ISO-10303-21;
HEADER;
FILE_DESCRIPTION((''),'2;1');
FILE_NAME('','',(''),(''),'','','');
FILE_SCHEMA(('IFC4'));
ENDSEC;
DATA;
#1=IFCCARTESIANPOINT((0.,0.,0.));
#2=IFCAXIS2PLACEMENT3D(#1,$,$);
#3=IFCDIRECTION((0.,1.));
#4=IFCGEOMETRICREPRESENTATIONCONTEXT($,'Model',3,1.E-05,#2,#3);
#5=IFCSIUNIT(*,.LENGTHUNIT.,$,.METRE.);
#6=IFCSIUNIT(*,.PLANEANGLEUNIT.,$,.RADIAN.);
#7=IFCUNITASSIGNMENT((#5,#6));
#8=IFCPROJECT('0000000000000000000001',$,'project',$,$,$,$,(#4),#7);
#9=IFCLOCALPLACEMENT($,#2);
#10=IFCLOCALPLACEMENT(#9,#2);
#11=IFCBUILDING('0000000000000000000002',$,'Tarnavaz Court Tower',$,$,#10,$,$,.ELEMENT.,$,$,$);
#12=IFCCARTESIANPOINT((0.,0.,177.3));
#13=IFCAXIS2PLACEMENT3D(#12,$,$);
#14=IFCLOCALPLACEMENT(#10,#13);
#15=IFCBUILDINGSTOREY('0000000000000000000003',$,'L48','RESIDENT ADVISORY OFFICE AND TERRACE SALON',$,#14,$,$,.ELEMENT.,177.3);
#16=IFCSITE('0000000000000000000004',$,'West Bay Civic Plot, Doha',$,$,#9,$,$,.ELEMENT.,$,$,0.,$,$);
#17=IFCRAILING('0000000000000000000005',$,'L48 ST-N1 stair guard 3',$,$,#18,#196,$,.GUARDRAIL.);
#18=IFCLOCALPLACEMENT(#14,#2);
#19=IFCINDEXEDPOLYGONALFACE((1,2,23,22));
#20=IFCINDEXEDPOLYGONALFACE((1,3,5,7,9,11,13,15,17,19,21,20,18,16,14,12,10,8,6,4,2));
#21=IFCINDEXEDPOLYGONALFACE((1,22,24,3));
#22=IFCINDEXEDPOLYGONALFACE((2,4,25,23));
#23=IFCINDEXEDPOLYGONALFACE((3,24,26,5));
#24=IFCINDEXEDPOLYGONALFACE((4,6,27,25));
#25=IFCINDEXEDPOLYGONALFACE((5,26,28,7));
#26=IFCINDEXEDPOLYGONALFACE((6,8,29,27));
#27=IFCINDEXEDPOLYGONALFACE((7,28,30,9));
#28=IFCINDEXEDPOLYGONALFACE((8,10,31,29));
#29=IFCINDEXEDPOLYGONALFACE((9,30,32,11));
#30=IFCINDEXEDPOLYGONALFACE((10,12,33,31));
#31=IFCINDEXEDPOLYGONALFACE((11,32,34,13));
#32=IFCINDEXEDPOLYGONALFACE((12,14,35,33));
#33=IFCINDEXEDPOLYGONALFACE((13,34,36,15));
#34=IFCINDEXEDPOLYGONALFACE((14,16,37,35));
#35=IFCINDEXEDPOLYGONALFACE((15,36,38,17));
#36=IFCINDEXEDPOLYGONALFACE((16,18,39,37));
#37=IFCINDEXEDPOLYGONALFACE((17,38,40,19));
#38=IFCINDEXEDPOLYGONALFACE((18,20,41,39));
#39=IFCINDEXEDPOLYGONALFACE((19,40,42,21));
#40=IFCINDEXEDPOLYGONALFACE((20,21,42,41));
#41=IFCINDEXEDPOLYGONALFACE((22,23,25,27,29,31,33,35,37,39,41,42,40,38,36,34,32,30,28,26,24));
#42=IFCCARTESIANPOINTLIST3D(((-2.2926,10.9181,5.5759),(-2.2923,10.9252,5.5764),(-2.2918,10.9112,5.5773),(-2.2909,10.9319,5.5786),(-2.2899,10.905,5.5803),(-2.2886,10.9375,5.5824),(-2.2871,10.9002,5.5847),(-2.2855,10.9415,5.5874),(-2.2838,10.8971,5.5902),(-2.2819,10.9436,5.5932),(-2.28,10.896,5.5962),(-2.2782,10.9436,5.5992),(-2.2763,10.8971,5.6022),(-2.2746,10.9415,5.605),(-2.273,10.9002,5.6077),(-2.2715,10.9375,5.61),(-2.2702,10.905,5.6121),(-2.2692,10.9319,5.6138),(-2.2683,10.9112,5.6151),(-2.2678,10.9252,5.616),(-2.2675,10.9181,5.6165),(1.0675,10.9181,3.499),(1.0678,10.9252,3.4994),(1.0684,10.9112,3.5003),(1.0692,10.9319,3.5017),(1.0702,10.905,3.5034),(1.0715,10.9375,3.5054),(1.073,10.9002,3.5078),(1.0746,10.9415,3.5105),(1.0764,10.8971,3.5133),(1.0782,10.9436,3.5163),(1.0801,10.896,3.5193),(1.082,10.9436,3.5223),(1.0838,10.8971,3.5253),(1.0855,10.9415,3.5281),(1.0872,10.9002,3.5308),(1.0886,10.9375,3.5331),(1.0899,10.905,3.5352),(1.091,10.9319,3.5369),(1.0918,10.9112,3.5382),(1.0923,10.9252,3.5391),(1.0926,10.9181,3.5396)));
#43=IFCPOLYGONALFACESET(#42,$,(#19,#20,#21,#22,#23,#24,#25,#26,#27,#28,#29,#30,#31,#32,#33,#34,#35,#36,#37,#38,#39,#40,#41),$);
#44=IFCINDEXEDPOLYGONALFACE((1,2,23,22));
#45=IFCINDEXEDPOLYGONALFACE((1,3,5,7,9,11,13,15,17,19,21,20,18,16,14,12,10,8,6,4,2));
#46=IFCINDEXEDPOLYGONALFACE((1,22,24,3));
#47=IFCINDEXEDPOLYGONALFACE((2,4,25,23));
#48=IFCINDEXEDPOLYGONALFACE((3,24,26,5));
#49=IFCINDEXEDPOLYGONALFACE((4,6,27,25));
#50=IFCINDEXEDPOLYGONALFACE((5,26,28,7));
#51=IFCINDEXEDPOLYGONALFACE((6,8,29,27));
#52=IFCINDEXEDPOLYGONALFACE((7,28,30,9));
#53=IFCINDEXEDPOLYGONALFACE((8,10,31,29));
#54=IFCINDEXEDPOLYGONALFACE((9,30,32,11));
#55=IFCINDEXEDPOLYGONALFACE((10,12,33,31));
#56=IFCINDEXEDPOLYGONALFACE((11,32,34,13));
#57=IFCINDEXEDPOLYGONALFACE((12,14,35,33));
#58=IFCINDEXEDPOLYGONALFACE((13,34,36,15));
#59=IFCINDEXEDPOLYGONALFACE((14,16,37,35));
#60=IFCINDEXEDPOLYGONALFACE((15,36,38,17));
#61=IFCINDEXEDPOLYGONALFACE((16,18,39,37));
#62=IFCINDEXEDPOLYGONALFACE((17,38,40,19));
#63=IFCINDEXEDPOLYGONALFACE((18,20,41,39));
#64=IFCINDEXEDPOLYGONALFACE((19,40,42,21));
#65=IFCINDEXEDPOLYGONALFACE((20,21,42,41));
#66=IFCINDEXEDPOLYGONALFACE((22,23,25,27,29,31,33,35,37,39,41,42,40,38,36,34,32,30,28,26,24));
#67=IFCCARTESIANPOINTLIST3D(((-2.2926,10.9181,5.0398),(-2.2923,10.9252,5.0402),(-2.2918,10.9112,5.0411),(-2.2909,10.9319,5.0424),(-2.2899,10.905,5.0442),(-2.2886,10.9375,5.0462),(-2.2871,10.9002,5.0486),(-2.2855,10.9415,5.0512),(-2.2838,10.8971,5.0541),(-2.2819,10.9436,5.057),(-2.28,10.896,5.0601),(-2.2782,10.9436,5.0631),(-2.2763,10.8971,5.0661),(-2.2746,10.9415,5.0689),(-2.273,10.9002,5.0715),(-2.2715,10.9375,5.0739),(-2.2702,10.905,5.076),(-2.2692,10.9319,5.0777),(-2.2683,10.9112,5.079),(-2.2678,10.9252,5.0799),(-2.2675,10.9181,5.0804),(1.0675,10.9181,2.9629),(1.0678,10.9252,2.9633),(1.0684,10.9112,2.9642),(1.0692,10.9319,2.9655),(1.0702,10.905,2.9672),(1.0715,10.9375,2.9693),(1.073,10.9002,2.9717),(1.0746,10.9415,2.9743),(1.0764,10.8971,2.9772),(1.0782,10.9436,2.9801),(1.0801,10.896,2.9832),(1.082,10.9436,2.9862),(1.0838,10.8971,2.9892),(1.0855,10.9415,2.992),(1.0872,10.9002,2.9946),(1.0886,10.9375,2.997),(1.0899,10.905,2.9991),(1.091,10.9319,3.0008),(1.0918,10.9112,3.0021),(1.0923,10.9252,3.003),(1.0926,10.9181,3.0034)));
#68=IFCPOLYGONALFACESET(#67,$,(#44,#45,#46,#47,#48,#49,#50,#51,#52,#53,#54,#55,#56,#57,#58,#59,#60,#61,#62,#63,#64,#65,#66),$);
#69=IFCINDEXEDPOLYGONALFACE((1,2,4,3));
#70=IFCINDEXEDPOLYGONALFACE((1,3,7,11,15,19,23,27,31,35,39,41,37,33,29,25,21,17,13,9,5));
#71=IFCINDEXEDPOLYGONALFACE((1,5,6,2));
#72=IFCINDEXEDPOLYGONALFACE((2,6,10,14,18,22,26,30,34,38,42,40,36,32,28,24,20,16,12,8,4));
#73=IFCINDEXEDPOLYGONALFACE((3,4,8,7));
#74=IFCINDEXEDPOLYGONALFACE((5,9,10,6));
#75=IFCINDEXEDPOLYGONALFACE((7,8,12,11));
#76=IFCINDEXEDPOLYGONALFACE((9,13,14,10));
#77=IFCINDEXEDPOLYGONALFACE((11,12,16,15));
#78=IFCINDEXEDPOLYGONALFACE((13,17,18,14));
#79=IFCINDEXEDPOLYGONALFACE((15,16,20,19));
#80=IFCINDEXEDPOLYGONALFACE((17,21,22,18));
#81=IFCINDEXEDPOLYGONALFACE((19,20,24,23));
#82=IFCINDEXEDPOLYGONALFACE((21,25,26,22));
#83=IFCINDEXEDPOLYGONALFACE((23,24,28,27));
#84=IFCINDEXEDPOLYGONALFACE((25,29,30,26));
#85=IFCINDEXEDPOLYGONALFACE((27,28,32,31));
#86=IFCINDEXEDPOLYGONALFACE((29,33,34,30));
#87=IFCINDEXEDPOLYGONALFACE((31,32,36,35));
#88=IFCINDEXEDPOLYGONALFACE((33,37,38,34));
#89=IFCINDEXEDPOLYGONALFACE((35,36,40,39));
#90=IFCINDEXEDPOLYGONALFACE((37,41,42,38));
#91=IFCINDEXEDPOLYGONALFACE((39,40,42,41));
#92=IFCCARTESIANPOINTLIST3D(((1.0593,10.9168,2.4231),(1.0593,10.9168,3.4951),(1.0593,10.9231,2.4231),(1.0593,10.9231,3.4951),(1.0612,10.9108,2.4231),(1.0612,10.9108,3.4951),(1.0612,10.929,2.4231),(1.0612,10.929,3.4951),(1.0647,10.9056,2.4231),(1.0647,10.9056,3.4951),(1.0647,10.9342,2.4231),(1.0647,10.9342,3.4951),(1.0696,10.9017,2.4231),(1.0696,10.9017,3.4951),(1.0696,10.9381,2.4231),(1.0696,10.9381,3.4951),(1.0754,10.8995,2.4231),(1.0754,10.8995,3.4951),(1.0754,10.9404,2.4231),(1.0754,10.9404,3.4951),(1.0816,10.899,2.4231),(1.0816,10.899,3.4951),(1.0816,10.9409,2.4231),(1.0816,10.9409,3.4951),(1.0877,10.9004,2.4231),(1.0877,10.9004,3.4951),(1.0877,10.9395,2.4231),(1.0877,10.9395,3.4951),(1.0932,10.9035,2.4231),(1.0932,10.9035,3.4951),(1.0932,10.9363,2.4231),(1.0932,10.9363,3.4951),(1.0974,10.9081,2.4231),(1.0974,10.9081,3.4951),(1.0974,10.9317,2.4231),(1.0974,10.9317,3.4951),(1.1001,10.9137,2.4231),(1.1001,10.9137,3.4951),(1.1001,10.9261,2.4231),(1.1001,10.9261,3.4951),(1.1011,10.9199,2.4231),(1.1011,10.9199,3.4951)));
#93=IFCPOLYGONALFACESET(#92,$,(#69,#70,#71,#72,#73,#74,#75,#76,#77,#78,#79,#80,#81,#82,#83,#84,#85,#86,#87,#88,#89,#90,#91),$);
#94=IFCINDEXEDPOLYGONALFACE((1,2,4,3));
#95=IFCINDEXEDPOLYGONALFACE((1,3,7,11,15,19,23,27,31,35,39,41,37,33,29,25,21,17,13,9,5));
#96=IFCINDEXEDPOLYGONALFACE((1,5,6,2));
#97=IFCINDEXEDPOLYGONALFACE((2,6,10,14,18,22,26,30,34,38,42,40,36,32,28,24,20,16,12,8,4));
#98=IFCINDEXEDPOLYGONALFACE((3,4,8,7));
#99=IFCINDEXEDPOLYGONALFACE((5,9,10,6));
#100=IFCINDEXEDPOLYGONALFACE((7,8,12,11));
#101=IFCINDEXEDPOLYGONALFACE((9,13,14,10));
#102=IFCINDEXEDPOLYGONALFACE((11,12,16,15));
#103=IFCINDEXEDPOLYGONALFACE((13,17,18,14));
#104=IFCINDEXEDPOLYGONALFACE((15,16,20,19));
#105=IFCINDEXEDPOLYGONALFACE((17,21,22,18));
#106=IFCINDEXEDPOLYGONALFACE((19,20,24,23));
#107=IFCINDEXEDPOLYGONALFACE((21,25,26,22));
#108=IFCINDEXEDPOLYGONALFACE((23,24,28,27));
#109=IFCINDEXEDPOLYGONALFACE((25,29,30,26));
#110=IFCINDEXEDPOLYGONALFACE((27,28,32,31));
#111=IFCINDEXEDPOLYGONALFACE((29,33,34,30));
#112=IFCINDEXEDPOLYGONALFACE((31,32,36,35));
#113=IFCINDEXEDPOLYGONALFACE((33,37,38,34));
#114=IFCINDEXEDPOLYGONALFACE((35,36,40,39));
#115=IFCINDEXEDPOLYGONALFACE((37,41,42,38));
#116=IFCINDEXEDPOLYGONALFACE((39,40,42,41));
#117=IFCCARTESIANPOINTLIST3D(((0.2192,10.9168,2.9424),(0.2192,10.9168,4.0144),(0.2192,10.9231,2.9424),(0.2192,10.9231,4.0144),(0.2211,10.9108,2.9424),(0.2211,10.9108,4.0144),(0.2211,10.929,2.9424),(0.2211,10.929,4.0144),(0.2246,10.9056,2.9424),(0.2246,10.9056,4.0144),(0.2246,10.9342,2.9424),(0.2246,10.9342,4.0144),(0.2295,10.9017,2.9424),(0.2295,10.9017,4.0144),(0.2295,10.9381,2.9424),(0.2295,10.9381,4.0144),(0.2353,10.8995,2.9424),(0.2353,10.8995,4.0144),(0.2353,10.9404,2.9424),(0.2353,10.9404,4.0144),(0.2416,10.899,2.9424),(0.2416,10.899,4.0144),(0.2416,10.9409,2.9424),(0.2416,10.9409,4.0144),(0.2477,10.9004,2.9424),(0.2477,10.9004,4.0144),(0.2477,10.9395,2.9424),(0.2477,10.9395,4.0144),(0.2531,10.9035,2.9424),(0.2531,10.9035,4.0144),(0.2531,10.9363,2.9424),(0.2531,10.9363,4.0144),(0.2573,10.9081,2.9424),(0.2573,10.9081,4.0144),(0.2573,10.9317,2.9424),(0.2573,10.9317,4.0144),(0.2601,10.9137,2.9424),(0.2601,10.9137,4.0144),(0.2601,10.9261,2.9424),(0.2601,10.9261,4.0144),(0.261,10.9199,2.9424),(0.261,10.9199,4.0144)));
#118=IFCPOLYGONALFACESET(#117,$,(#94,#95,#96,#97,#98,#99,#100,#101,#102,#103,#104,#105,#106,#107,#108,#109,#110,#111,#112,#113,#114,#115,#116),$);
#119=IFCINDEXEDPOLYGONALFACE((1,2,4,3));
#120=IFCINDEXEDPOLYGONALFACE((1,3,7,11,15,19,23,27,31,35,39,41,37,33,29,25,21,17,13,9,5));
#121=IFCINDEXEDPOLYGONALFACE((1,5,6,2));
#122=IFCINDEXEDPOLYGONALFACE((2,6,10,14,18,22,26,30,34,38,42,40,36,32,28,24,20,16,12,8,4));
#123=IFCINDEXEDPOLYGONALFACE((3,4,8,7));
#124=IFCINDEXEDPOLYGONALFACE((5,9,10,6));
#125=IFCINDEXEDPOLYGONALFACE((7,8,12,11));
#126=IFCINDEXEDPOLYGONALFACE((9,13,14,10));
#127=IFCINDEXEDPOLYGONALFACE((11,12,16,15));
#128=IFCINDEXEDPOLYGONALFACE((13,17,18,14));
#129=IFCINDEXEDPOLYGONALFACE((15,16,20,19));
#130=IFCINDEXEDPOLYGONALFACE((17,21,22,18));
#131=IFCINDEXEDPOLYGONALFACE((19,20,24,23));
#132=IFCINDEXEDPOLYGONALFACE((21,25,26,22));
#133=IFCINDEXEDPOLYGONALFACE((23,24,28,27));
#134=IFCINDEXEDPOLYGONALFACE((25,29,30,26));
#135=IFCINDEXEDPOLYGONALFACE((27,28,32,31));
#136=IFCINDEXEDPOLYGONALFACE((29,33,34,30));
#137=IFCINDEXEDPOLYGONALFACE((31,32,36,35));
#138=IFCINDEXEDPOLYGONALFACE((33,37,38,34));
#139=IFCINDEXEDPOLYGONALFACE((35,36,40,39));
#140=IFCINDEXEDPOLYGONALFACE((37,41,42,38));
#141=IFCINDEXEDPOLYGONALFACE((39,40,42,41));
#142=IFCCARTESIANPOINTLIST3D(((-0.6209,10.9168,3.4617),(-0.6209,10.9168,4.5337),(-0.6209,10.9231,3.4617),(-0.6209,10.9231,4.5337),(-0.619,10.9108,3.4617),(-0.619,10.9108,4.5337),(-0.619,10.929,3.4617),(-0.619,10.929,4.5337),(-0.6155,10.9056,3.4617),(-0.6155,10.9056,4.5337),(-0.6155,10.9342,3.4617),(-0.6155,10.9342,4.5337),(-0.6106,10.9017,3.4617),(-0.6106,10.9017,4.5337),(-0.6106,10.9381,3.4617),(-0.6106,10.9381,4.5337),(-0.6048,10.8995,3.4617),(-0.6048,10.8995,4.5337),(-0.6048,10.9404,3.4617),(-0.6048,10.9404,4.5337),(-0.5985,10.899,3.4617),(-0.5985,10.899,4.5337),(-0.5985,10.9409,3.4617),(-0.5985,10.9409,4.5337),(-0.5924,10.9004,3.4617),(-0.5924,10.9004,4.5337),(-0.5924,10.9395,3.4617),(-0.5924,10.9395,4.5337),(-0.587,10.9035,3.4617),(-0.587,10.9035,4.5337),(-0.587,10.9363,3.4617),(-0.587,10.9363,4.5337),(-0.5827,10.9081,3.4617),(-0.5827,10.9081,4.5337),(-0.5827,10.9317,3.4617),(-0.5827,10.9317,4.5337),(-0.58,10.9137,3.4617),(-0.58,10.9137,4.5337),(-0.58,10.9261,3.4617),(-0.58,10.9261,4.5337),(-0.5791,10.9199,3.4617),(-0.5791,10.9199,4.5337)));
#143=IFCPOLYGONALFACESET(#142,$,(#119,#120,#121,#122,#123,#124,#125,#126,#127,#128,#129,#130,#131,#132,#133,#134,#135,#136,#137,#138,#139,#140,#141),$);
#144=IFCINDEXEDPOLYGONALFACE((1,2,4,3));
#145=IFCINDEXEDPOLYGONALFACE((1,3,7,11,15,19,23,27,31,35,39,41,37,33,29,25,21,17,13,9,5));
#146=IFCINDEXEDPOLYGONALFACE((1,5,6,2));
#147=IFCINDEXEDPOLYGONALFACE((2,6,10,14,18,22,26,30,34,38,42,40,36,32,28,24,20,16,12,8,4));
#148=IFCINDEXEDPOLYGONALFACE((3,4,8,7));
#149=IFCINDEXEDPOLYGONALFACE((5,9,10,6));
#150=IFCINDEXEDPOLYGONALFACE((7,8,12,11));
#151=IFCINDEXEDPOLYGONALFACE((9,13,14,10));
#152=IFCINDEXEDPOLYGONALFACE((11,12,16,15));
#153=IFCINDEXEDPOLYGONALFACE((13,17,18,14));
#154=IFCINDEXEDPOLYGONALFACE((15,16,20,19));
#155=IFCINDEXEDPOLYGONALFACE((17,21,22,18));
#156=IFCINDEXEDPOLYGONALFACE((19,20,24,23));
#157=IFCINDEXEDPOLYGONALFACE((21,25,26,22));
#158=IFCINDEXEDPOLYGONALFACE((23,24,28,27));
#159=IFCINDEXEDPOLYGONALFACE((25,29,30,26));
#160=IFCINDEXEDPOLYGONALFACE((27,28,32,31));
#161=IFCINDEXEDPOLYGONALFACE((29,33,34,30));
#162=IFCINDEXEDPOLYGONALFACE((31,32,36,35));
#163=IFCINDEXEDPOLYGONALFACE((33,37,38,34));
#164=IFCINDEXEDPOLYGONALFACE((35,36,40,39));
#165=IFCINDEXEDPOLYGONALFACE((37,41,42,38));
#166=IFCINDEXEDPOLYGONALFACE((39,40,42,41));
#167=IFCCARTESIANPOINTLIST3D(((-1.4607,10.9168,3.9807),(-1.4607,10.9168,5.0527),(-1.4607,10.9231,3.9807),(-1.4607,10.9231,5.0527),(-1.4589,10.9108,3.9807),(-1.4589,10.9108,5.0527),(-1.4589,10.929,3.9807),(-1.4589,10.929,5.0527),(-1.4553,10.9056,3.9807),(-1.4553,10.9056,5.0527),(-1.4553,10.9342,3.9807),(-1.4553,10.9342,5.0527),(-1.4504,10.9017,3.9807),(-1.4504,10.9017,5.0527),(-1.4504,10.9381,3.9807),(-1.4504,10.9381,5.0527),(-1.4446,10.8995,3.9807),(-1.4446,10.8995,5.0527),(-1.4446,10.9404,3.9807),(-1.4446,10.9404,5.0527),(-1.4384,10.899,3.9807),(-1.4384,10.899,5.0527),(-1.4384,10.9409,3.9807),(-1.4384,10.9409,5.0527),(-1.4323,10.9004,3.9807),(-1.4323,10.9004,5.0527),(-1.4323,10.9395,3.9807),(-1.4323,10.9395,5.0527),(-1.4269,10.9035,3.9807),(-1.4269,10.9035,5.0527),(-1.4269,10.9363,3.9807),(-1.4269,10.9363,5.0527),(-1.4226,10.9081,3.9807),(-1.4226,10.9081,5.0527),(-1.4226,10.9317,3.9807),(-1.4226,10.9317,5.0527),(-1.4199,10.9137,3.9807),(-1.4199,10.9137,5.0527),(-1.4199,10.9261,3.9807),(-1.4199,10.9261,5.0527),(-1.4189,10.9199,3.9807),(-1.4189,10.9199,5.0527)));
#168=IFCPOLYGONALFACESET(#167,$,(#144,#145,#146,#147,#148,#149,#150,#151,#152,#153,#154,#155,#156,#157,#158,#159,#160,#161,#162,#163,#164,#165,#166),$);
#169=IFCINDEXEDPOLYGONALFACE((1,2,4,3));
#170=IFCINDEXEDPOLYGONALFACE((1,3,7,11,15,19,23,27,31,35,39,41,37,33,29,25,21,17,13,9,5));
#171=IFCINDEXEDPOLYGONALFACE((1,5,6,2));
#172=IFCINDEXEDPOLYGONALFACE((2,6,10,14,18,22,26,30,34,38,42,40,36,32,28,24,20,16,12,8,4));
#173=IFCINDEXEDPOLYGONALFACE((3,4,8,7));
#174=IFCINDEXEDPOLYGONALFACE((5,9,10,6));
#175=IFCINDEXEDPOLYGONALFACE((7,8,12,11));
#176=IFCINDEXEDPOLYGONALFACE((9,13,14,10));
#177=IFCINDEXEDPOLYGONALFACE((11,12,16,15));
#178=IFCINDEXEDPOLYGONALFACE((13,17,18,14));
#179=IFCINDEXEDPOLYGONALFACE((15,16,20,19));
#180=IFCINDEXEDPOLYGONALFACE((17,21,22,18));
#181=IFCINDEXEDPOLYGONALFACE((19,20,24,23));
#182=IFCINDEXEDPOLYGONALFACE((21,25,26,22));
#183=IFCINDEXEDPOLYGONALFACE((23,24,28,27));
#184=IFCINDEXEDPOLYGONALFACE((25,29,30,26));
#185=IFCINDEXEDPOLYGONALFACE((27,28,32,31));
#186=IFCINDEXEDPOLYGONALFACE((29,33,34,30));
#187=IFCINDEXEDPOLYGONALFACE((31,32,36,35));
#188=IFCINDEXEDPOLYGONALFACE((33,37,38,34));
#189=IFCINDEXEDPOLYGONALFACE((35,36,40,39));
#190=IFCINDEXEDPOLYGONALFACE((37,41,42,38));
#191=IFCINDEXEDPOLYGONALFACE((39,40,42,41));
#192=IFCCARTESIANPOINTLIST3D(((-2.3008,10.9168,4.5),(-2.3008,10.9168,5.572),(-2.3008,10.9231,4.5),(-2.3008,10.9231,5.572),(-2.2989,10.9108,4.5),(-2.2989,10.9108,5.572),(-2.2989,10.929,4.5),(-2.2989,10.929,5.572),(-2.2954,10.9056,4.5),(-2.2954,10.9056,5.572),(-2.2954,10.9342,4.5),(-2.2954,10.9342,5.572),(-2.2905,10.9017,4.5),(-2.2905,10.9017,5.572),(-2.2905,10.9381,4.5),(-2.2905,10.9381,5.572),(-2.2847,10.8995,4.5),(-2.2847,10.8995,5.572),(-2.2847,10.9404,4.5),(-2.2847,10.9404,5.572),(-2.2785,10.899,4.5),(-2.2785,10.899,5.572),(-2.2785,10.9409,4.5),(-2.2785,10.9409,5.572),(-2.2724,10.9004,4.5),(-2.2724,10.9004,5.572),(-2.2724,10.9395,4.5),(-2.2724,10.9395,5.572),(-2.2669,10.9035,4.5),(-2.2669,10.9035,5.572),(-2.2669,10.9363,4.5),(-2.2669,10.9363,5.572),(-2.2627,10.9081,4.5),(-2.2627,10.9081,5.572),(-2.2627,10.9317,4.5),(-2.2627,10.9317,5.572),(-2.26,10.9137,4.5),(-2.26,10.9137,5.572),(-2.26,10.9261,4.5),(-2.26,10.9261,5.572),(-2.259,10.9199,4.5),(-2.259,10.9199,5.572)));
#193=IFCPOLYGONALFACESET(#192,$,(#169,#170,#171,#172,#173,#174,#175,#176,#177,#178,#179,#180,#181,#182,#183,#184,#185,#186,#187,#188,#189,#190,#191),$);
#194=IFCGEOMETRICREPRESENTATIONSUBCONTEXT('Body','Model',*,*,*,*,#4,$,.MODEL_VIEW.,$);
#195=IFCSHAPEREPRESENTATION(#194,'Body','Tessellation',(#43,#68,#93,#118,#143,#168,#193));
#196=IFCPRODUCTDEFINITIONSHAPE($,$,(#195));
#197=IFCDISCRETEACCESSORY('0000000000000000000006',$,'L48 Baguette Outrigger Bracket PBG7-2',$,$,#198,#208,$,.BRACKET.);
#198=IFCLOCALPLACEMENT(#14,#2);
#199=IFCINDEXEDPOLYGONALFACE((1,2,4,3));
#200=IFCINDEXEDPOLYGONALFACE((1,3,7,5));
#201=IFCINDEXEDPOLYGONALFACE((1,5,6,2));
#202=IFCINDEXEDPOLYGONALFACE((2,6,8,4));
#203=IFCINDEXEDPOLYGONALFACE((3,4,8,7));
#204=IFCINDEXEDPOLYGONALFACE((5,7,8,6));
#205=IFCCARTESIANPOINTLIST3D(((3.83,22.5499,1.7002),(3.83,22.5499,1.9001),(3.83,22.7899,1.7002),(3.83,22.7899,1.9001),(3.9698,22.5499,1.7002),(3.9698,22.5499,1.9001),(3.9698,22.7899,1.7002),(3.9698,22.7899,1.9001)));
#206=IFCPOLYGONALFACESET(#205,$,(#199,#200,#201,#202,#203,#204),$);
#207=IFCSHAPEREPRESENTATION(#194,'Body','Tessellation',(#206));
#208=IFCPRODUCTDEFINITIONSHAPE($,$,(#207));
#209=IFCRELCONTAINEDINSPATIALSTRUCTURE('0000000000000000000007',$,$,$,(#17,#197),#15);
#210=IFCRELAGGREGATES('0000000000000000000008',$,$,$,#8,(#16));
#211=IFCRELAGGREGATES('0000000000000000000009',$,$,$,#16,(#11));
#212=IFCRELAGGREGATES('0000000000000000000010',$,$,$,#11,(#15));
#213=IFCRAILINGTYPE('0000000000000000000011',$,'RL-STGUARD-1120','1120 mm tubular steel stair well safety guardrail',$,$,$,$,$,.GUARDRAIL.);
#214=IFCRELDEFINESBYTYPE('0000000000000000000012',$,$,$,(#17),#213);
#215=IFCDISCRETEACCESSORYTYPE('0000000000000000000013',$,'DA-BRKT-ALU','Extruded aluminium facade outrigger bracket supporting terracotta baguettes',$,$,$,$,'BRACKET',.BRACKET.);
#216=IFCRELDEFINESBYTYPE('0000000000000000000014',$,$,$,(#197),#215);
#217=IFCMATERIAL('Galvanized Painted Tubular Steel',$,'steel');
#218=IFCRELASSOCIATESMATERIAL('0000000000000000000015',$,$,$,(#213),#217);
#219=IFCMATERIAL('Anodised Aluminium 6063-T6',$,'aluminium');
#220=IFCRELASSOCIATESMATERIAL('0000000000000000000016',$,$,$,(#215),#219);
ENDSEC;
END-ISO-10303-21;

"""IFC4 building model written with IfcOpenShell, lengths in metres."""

from ifc_helpers import new_model, si_unit, direction, frame, origin, origin_2d, place, context, subcontext, project, spatial, rectangle, circle, extrude, material, type_object, element, save


model = new_model("IFC4")

# Units and contexts
model_context = context("Model", 3, precision=1e-05, world=origin(), true_north=direction((0.0, 1.0)))
body_context = subcontext(model_context, "Body", "Model", "MODEL_VIEW")
ifc_project = project(units=[si_unit("LENGTHUNIT", "METRE"), si_unit("PLANEANGLEUNIT", "RADIAN")], contexts=[model_context])

# Site, building, storey
site_placement = place(None, origin())
site = spatial("IfcSite", under=ifc_project, at=site_placement, Name="West Bay Civic Plot, Doha", CompositionType="ELEMENT", RefElevation=0.0)
building_placement = place(site_placement, origin())
building = spatial("IfcBuilding", under=site, at=building_placement, Name="Tarnavaz Court Tower", CompositionType="ELEMENT")
storey_placement = place(building_placement, frame((0.0, 0.0, 177.3)))
storey = spatial("IfcBuildingStorey", under=building, at=storey_placement, Name="L48", Description="RESIDENT ADVISORY OFFICE AND TERRACE SALON", CompositionType="ELEMENT", Elevation=177.3)

# Shared definitions
ifc_material_1 = material(Name="Anodised Aluminium 6063-T6", Category="aluminium")

# Railing
ifc_material_2 = material(Name="Galvanized Painted Tubular Steel", Category="steel")
railing_type_1 = type_object("IfcRailingType", Name="RL-STGUARD-1120", Description="1120 mm tubular steel stair well safety guardrail", PredefinedType="GUARDRAIL", material=ifc_material_2)
railing_1_placement = place(storey_placement, frame((1.0801, 10.9199, 2.4231)))
element("IfcRailing", 1, at=railing_1_placement, inside=storey, type_object=railing_type_1, Name="L48 ST-N1 stair guard 3", PredefinedType="GUARDRAIL", context=body_context, shape_type="SweptSolid", body=[
    extrude(circle(Radius=0.0239, at=origin_2d()), frame((0.0, 0.0, 1.0962), z_axis=(-0.850623, 0.0, 0.525776), x_axis=(0.0, -1.0, 0.0)), (0.0, 0.0, 1.0), 3.9502),
    extrude(circle(Radius=0.0239, at=origin_2d()), frame((0.0, 0.0, 0.5601), z_axis=(-0.850623, 0.0, 0.525776), x_axis=(0.0, -1.0, 0.0)), (0.0, 0.0, 1.0), 3.9502),
    extrude(circle(Radius=0.021, at=origin_2d()), origin(), (0.0, 0.0, 1.0), 1.072),
    extrude(circle(Radius=0.021, at=origin_2d()), frame((-0.8401, 0.0, 0.5193)), (0.0, 0.0, 1.0), 1.072),
    extrude(circle(Radius=0.021, at=origin_2d()), frame((-1.6802, 0.0, 1.0386)), (0.0, 0.0, 1.0), 1.072),
    extrude(circle(Radius=0.021, at=origin_2d()), frame((-2.52, 0.0, 1.5576)), (0.0, 0.0, 1.0), 1.072),
    extrude(circle(Radius=0.021, at=origin_2d()), frame((-3.3601, 0.0, 2.0769)), (0.0, 0.0, 1.0), 1.072),
])

# Discrete accessory
discrete_accessory_type = type_object("IfcDiscreteAccessoryType", Name="DA-BRKT-ALU", Description="Extruded aluminium facade outrigger bracket supporting terracotta baguettes", ElementType="BRACKET", PredefinedType="BRACKET", material=ifc_material_1)
discrete_accessory_placement = place(storey_placement, frame((3.8999, 22.6699, 1.7002), z_axis=(0.0, 0.0, 1.0), x_axis=(1.0, 0.0, 0.0)))
element("IfcDiscreteAccessory", 2, at=discrete_accessory_placement, inside=storey, type_object=discrete_accessory_type, Name="L48 Baguette Outrigger Bracket PBG7-2", PredefinedType="BRACKET", context=body_context, shape_type="SweptSolid", body=[
    extrude(rectangle(XDim=0.1399, YDim=0.24, at=origin_2d()), origin(), (0.0, 0.0, 1.0), 0.2),
])

save(model, "model.ifc")
